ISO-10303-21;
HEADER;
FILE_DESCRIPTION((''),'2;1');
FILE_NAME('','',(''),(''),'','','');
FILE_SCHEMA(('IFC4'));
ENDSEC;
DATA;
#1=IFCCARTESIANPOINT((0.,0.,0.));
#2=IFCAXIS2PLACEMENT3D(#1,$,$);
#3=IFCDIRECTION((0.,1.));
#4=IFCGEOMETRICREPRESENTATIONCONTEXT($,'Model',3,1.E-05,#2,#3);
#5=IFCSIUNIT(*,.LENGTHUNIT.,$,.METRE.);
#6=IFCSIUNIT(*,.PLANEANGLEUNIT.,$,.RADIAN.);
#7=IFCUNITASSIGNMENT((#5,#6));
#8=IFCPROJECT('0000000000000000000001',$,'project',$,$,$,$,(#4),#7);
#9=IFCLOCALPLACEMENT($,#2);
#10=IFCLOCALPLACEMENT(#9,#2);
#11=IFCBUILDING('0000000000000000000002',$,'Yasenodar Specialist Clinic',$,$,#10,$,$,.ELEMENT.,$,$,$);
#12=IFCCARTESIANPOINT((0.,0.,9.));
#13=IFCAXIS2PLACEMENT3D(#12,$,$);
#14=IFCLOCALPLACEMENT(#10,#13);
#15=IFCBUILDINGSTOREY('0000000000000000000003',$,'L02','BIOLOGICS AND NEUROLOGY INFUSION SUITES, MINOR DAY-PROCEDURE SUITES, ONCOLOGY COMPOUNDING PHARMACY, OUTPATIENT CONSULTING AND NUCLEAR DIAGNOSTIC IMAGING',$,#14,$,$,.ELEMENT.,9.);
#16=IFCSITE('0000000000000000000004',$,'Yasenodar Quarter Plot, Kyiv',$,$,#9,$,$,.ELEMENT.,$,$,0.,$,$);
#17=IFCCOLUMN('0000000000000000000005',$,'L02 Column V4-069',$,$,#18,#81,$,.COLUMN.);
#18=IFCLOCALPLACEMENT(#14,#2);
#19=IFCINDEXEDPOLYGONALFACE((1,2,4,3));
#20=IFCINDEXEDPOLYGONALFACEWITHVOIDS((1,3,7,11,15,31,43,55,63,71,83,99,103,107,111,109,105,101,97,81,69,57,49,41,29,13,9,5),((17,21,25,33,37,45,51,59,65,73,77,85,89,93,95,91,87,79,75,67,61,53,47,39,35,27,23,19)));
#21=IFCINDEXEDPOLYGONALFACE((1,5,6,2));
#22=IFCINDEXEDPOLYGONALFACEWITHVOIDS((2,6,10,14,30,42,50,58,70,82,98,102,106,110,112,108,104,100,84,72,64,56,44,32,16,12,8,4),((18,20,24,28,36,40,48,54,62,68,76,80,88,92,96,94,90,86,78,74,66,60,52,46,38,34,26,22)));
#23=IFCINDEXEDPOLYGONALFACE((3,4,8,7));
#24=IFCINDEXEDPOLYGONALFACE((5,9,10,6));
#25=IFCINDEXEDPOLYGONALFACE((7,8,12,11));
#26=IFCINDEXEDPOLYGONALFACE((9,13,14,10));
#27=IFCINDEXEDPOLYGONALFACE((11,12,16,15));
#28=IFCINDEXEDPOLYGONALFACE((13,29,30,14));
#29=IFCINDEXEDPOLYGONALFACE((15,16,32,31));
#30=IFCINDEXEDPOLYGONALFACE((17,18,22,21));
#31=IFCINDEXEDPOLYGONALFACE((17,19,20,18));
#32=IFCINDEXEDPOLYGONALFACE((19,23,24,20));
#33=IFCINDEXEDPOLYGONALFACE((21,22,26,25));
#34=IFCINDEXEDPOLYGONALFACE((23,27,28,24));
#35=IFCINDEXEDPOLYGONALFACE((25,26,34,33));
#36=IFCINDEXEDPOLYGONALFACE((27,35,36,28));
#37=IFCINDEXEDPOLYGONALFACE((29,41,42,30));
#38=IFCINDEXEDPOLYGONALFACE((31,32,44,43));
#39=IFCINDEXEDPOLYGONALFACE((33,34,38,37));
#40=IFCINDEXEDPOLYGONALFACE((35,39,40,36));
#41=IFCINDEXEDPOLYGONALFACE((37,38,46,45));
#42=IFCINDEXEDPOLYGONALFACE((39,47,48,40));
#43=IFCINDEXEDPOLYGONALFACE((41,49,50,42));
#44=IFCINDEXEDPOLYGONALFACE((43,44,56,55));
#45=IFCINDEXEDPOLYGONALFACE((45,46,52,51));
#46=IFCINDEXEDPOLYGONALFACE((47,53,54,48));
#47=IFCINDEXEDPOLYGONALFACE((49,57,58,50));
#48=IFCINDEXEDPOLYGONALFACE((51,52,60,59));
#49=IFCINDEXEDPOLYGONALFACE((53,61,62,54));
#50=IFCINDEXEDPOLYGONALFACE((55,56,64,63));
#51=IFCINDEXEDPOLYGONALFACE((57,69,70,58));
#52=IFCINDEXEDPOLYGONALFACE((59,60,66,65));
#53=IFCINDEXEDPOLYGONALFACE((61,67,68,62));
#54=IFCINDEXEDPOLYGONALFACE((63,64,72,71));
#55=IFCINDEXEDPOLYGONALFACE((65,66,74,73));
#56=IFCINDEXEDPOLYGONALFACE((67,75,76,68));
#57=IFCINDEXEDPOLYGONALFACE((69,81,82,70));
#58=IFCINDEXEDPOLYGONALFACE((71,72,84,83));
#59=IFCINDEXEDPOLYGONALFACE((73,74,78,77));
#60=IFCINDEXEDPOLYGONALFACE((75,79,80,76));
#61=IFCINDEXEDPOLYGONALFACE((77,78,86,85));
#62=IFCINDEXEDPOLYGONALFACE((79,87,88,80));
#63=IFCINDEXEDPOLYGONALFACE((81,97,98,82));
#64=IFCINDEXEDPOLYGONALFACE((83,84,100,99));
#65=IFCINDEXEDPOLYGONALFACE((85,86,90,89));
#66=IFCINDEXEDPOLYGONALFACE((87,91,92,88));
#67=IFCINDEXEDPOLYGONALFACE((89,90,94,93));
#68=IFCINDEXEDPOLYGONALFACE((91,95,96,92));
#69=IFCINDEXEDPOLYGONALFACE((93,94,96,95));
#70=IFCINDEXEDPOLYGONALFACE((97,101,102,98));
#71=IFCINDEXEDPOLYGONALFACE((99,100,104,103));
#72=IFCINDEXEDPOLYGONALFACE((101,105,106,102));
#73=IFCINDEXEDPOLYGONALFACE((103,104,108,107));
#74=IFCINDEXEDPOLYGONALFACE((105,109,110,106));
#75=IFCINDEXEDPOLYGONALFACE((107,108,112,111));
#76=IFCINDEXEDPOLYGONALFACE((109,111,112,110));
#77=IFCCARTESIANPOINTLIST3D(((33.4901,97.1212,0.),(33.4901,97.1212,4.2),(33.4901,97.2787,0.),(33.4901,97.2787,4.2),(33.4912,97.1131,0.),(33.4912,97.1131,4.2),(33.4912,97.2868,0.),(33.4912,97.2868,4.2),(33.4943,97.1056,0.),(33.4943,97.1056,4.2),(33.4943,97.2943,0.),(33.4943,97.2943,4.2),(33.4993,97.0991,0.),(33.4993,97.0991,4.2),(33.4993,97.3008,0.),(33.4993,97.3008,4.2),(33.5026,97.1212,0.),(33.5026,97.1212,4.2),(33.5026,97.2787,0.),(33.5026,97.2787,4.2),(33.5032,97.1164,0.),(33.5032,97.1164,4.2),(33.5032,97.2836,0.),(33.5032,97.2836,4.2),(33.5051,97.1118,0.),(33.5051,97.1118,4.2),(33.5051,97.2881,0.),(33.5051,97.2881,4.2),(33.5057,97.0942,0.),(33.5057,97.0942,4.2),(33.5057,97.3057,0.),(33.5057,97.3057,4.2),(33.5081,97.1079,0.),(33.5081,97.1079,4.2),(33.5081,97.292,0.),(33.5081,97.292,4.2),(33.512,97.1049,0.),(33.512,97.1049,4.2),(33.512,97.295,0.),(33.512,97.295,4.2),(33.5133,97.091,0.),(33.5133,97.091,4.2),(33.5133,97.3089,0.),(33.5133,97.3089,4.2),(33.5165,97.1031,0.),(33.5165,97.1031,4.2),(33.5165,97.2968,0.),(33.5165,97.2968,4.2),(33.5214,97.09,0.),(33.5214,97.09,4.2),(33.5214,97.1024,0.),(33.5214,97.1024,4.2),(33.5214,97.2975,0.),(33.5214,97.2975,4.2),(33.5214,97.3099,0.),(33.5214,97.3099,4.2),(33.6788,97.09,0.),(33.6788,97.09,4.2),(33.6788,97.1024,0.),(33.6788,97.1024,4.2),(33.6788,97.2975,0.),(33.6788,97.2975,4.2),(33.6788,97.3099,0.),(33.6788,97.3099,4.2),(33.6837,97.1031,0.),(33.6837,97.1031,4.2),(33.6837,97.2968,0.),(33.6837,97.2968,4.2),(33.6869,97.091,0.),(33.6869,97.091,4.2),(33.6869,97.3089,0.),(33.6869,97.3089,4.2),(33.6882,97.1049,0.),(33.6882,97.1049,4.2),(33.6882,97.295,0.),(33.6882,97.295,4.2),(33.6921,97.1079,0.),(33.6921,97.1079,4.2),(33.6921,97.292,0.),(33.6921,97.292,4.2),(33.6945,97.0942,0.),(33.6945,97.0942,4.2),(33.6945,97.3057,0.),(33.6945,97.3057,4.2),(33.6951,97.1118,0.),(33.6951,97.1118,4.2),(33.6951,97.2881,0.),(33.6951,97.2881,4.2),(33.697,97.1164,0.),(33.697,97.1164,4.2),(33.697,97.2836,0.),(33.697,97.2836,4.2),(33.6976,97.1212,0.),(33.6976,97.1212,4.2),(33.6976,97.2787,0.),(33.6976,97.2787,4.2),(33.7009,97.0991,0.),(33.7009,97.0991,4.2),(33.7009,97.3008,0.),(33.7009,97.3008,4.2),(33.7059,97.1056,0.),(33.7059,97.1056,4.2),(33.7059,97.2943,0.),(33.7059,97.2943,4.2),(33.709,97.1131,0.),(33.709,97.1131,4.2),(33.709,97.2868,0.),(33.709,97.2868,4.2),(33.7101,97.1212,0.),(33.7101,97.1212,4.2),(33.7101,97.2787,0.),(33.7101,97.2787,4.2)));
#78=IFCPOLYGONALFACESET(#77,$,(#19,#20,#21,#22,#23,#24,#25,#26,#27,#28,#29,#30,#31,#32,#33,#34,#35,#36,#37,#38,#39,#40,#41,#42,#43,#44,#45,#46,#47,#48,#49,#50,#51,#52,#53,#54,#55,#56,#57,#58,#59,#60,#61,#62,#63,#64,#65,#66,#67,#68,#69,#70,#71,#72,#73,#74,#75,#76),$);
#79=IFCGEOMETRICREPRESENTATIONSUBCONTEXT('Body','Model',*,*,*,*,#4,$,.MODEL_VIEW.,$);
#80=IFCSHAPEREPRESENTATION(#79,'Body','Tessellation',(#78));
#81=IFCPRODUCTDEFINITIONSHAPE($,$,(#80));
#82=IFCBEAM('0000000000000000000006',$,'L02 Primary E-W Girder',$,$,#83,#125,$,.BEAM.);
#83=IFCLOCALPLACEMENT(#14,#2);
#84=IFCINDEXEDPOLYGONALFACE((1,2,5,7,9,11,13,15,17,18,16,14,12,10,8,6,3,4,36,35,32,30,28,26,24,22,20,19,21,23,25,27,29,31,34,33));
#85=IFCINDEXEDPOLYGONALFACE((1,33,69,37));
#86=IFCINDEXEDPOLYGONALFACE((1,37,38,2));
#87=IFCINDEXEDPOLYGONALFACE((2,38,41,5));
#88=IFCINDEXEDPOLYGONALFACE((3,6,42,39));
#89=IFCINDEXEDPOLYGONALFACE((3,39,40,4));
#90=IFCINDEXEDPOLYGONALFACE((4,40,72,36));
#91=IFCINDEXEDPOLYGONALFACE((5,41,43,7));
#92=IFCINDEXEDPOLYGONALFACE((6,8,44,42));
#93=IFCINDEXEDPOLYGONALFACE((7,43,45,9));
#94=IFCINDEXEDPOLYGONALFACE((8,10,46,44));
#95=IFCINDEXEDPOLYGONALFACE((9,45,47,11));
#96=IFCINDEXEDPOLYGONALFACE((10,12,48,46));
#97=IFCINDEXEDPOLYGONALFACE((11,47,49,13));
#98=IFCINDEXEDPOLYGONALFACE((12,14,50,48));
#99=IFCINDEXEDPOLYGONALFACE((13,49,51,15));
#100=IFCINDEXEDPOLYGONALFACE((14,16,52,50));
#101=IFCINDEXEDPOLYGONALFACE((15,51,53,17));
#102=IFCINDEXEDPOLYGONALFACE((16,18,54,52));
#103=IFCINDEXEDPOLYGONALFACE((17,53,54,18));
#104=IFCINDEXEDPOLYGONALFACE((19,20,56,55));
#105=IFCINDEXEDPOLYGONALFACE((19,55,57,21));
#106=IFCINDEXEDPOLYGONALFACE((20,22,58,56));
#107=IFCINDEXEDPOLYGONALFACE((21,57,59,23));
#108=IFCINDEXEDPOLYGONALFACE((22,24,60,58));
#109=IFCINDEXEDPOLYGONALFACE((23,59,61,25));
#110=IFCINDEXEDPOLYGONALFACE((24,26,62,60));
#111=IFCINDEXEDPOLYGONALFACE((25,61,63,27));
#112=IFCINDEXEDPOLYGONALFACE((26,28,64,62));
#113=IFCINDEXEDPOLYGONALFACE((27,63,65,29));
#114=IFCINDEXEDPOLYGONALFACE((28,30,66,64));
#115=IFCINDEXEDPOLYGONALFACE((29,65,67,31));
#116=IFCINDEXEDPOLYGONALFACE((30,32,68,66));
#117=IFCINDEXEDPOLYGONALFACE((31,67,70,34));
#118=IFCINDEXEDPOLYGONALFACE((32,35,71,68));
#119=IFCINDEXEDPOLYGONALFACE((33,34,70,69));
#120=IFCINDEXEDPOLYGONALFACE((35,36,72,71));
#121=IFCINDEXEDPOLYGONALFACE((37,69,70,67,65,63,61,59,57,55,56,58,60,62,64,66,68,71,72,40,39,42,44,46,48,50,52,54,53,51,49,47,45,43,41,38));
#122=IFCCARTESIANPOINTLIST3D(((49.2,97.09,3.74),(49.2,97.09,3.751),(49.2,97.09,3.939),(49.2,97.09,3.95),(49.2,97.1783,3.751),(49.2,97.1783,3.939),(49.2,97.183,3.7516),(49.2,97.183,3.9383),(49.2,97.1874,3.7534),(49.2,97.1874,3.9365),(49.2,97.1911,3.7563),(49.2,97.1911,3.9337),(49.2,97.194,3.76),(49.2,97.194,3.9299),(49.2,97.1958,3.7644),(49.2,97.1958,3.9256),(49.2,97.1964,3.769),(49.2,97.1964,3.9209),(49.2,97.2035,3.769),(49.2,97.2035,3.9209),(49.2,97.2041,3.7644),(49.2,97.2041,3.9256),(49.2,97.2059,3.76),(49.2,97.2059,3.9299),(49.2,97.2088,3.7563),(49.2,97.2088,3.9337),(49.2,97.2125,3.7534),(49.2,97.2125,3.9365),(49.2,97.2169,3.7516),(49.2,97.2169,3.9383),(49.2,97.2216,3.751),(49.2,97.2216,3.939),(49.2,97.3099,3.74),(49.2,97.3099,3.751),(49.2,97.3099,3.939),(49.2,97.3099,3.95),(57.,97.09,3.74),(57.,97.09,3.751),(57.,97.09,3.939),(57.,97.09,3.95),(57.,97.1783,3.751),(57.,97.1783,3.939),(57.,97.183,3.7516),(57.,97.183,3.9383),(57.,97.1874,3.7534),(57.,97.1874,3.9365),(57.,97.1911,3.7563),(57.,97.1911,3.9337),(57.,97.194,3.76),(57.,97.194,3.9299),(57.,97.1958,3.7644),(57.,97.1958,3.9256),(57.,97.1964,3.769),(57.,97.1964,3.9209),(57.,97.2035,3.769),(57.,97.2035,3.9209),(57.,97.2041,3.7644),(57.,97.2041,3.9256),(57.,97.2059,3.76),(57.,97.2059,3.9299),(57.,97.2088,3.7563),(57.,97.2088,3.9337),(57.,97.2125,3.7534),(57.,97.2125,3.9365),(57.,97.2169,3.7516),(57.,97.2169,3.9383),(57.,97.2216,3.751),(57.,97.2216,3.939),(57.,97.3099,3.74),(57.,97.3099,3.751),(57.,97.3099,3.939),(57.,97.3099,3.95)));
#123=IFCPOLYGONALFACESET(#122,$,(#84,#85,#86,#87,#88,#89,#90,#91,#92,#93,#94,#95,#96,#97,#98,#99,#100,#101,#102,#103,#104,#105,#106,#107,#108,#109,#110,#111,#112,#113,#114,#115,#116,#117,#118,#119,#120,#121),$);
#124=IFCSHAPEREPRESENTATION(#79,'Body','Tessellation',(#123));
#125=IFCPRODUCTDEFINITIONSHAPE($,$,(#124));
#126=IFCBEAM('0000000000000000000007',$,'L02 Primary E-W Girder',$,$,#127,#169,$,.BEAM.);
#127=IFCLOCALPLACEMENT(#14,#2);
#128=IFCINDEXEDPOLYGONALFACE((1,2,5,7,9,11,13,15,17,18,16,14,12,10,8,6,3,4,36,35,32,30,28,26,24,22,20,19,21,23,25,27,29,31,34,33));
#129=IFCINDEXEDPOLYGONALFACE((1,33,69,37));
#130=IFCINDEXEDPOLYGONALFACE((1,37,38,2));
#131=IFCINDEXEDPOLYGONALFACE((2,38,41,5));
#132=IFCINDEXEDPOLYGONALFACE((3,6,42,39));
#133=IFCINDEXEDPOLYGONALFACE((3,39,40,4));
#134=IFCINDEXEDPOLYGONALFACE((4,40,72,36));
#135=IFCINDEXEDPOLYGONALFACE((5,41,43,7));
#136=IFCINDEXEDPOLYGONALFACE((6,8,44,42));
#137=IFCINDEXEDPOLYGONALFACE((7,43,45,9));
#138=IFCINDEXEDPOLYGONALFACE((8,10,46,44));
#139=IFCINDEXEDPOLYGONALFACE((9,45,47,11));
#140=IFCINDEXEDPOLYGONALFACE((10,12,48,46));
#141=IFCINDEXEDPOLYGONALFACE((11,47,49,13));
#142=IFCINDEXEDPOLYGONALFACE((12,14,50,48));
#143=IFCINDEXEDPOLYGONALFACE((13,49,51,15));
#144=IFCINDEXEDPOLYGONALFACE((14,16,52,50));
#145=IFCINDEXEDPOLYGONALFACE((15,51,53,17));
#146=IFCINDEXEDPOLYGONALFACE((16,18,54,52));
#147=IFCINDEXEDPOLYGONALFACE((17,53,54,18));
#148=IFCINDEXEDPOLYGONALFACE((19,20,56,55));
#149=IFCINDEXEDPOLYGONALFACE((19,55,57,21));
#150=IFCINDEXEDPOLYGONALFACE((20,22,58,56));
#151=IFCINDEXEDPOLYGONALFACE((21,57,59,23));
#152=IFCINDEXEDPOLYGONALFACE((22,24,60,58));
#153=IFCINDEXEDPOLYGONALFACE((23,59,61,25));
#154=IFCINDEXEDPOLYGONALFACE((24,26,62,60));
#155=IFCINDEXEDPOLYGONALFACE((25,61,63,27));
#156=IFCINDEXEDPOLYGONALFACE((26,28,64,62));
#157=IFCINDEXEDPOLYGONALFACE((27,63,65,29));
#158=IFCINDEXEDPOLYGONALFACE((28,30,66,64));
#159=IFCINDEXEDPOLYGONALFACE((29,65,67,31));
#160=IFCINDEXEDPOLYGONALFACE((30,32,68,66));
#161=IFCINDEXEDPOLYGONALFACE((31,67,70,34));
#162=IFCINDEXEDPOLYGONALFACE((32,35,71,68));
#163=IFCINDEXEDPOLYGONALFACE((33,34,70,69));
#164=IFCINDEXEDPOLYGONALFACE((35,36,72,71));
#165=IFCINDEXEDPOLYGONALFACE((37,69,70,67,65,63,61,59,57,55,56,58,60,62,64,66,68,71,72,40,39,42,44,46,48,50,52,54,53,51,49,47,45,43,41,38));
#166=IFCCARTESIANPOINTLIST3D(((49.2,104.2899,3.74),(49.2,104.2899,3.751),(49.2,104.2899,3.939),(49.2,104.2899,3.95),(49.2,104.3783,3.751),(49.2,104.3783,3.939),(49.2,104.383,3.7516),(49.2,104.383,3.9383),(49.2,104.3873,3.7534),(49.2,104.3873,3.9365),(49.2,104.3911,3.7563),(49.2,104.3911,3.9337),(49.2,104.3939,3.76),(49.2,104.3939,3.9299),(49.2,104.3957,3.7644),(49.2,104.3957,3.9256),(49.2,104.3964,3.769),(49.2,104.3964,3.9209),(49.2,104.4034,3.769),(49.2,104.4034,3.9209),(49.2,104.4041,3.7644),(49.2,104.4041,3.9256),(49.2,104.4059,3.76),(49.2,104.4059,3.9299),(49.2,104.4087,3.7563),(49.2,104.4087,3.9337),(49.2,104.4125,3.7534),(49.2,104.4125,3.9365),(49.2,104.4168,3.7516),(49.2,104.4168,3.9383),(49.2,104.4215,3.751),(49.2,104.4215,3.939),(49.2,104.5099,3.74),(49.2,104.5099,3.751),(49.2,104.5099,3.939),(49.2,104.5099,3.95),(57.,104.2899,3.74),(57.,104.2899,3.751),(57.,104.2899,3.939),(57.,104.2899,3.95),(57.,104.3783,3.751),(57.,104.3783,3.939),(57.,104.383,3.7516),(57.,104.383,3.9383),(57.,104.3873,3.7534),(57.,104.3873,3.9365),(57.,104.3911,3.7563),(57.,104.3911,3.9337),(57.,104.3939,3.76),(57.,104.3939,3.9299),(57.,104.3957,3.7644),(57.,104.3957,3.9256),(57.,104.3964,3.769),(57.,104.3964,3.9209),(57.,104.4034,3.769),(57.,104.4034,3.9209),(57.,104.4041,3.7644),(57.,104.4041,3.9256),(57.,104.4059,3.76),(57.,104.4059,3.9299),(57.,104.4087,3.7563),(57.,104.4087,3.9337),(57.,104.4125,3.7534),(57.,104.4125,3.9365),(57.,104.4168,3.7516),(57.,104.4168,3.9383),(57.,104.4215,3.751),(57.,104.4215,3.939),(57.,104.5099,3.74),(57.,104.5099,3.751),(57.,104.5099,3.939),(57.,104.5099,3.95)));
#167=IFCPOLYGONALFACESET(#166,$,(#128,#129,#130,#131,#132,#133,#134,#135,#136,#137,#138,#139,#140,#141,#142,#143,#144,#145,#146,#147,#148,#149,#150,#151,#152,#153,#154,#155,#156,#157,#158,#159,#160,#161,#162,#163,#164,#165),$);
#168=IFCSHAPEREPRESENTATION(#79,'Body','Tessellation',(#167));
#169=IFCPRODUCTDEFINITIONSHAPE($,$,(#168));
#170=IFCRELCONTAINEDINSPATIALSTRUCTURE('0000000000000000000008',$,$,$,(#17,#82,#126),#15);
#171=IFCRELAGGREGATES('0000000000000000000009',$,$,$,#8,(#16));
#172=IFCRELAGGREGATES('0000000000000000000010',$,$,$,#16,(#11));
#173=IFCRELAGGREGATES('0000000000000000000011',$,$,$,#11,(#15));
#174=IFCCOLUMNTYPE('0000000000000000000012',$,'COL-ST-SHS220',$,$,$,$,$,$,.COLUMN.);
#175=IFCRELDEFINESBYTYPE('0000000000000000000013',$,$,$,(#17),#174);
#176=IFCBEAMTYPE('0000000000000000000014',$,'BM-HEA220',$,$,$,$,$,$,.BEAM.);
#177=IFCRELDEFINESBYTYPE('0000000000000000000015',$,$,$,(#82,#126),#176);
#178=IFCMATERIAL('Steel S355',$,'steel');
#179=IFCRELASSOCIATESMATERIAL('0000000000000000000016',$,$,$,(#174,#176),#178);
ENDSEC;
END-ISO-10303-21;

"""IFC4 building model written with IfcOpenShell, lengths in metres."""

from ifc_helpers import new_model, si_unit, direction, frame, origin, origin_2d, place, context, subcontext, project, spatial, hollow_rectangle, i_section, extrude, material, material_profile, profile_set, type_object, element, save


model = new_model("IFC4")

# Units and contexts
model_context = context("Model", 3, precision=1e-05, world=origin(), true_north=direction((0.0, 1.0)))
body_context = subcontext(model_context, "Body", "Model", "MODEL_VIEW")
ifc_project = project(units=[si_unit("LENGTHUNIT", "METRE"), si_unit("PLANEANGLEUNIT", "RADIAN")], contexts=[model_context])

# Site, building, storey
site_placement = place(None, origin())
site = spatial("IfcSite", under=ifc_project, at=site_placement, Name="Yasenodar Quarter Plot, Kyiv", CompositionType="ELEMENT", RefElevation=0.0)
building_placement = place(site_placement, origin())
building = spatial("IfcBuilding", under=site, at=building_placement, Name="Yasenodar Specialist Clinic", CompositionType="ELEMENT")
storey_placement = place(building_placement, frame((0.0, 0.0, 9.0)))
storey = spatial("IfcBuildingStorey", under=building, at=storey_placement, Name="L02", Description="BIOLOGICS AND NEUROLOGY INFUSION SUITES, MINOR DAY-PROCEDURE SUITES, ONCOLOGY COMPOUNDING PHARMACY, OUTPATIENT CONSULTING AND NUCLEAR DIAGNOSTIC IMAGING", CompositionType="ELEMENT", Elevation=9.0)

# Column
ifc_material_1 = material(Name="Steel S355", Category="steel")
ifc_material_profile_1 = material_profile(ifc_material_1, hollow_rectangle(XDim=0.22, YDim=0.22, WallThickness=0.0125, InnerFilletRadius=0.0188, OuterFilletRadius=0.0312, at=origin_2d()), Name="SHS 220x220x12.5")
ifc_profile_set_1 = profile_set([ifc_material_profile_1], Name="Steel S355")
column_type_1 = type_object("IfcColumnType", Name="COL-ST-SHS220", PredefinedType="COLUMN", material=ifc_profile_set_1)
column_1_placement = place(storey_placement, frame((33.6001, 97.2, 0.0), z_axis=(0.0, 0.0, 1.0), x_axis=(1.0, 0.0, 0.0)))
element("IfcColumn", 1, at=column_1_placement, inside=storey, type_object=column_type_1, Name="L02 Column V4-069", PredefinedType="COLUMN", context=body_context, shape_type="SweptSolid", body=[
    extrude(hollow_rectangle(XDim=0.22, YDim=0.22, WallThickness=0.0125, InnerFilletRadius=0.0188, OuterFilletRadius=0.0312, at=origin_2d()), origin(), (0.0, 0.0, 1.0), 4.2),
])

# Beams
ifc_material_profile_2 = material_profile(ifc_material_1, i_section(OverallWidth=0.22, OverallDepth=0.21, WebThickness=0.0071, FlangeThickness=0.011, FilletRadius=0.0181, at=origin_2d()), Name="HEA 220")
ifc_profile_set_2 = profile_set([ifc_material_profile_2], Name="Steel S355")
beam_type_1 = type_object("IfcBeamType", Name="BM-HEA220", PredefinedType="BEAM", material=ifc_profile_set_2)
for number, where, z_axis, x_axis, name in (
    (2, (49.2, 97.2, 3.845), (1.0, 0.0, 0.0), (0.0, 1.0, 0.0), "L02 Primary E-W Girder"),
    (3, (49.2, 104.3999, 3.845), (1.0, 0.0, 0.0), (0.0, 1.0, 0.0), "L02 Primary E-W Girder"),
):
    element("IfcBeam", number, at=place(storey_placement, frame(where, z_axis=z_axis, x_axis=x_axis)), inside=storey, type_object=beam_type_1, Name=name, PredefinedType="BEAM", context=body_context, shape_type="SweptSolid", body=[
        extrude(i_section(OverallWidth=0.22, OverallDepth=0.21, WebThickness=0.0071, FlangeThickness=0.011, FilletRadius=0.0181, at=origin_2d()), origin(), (0.0, 0.0, 1.0), 7.8),
    ])

save(model, "model.ifc")
